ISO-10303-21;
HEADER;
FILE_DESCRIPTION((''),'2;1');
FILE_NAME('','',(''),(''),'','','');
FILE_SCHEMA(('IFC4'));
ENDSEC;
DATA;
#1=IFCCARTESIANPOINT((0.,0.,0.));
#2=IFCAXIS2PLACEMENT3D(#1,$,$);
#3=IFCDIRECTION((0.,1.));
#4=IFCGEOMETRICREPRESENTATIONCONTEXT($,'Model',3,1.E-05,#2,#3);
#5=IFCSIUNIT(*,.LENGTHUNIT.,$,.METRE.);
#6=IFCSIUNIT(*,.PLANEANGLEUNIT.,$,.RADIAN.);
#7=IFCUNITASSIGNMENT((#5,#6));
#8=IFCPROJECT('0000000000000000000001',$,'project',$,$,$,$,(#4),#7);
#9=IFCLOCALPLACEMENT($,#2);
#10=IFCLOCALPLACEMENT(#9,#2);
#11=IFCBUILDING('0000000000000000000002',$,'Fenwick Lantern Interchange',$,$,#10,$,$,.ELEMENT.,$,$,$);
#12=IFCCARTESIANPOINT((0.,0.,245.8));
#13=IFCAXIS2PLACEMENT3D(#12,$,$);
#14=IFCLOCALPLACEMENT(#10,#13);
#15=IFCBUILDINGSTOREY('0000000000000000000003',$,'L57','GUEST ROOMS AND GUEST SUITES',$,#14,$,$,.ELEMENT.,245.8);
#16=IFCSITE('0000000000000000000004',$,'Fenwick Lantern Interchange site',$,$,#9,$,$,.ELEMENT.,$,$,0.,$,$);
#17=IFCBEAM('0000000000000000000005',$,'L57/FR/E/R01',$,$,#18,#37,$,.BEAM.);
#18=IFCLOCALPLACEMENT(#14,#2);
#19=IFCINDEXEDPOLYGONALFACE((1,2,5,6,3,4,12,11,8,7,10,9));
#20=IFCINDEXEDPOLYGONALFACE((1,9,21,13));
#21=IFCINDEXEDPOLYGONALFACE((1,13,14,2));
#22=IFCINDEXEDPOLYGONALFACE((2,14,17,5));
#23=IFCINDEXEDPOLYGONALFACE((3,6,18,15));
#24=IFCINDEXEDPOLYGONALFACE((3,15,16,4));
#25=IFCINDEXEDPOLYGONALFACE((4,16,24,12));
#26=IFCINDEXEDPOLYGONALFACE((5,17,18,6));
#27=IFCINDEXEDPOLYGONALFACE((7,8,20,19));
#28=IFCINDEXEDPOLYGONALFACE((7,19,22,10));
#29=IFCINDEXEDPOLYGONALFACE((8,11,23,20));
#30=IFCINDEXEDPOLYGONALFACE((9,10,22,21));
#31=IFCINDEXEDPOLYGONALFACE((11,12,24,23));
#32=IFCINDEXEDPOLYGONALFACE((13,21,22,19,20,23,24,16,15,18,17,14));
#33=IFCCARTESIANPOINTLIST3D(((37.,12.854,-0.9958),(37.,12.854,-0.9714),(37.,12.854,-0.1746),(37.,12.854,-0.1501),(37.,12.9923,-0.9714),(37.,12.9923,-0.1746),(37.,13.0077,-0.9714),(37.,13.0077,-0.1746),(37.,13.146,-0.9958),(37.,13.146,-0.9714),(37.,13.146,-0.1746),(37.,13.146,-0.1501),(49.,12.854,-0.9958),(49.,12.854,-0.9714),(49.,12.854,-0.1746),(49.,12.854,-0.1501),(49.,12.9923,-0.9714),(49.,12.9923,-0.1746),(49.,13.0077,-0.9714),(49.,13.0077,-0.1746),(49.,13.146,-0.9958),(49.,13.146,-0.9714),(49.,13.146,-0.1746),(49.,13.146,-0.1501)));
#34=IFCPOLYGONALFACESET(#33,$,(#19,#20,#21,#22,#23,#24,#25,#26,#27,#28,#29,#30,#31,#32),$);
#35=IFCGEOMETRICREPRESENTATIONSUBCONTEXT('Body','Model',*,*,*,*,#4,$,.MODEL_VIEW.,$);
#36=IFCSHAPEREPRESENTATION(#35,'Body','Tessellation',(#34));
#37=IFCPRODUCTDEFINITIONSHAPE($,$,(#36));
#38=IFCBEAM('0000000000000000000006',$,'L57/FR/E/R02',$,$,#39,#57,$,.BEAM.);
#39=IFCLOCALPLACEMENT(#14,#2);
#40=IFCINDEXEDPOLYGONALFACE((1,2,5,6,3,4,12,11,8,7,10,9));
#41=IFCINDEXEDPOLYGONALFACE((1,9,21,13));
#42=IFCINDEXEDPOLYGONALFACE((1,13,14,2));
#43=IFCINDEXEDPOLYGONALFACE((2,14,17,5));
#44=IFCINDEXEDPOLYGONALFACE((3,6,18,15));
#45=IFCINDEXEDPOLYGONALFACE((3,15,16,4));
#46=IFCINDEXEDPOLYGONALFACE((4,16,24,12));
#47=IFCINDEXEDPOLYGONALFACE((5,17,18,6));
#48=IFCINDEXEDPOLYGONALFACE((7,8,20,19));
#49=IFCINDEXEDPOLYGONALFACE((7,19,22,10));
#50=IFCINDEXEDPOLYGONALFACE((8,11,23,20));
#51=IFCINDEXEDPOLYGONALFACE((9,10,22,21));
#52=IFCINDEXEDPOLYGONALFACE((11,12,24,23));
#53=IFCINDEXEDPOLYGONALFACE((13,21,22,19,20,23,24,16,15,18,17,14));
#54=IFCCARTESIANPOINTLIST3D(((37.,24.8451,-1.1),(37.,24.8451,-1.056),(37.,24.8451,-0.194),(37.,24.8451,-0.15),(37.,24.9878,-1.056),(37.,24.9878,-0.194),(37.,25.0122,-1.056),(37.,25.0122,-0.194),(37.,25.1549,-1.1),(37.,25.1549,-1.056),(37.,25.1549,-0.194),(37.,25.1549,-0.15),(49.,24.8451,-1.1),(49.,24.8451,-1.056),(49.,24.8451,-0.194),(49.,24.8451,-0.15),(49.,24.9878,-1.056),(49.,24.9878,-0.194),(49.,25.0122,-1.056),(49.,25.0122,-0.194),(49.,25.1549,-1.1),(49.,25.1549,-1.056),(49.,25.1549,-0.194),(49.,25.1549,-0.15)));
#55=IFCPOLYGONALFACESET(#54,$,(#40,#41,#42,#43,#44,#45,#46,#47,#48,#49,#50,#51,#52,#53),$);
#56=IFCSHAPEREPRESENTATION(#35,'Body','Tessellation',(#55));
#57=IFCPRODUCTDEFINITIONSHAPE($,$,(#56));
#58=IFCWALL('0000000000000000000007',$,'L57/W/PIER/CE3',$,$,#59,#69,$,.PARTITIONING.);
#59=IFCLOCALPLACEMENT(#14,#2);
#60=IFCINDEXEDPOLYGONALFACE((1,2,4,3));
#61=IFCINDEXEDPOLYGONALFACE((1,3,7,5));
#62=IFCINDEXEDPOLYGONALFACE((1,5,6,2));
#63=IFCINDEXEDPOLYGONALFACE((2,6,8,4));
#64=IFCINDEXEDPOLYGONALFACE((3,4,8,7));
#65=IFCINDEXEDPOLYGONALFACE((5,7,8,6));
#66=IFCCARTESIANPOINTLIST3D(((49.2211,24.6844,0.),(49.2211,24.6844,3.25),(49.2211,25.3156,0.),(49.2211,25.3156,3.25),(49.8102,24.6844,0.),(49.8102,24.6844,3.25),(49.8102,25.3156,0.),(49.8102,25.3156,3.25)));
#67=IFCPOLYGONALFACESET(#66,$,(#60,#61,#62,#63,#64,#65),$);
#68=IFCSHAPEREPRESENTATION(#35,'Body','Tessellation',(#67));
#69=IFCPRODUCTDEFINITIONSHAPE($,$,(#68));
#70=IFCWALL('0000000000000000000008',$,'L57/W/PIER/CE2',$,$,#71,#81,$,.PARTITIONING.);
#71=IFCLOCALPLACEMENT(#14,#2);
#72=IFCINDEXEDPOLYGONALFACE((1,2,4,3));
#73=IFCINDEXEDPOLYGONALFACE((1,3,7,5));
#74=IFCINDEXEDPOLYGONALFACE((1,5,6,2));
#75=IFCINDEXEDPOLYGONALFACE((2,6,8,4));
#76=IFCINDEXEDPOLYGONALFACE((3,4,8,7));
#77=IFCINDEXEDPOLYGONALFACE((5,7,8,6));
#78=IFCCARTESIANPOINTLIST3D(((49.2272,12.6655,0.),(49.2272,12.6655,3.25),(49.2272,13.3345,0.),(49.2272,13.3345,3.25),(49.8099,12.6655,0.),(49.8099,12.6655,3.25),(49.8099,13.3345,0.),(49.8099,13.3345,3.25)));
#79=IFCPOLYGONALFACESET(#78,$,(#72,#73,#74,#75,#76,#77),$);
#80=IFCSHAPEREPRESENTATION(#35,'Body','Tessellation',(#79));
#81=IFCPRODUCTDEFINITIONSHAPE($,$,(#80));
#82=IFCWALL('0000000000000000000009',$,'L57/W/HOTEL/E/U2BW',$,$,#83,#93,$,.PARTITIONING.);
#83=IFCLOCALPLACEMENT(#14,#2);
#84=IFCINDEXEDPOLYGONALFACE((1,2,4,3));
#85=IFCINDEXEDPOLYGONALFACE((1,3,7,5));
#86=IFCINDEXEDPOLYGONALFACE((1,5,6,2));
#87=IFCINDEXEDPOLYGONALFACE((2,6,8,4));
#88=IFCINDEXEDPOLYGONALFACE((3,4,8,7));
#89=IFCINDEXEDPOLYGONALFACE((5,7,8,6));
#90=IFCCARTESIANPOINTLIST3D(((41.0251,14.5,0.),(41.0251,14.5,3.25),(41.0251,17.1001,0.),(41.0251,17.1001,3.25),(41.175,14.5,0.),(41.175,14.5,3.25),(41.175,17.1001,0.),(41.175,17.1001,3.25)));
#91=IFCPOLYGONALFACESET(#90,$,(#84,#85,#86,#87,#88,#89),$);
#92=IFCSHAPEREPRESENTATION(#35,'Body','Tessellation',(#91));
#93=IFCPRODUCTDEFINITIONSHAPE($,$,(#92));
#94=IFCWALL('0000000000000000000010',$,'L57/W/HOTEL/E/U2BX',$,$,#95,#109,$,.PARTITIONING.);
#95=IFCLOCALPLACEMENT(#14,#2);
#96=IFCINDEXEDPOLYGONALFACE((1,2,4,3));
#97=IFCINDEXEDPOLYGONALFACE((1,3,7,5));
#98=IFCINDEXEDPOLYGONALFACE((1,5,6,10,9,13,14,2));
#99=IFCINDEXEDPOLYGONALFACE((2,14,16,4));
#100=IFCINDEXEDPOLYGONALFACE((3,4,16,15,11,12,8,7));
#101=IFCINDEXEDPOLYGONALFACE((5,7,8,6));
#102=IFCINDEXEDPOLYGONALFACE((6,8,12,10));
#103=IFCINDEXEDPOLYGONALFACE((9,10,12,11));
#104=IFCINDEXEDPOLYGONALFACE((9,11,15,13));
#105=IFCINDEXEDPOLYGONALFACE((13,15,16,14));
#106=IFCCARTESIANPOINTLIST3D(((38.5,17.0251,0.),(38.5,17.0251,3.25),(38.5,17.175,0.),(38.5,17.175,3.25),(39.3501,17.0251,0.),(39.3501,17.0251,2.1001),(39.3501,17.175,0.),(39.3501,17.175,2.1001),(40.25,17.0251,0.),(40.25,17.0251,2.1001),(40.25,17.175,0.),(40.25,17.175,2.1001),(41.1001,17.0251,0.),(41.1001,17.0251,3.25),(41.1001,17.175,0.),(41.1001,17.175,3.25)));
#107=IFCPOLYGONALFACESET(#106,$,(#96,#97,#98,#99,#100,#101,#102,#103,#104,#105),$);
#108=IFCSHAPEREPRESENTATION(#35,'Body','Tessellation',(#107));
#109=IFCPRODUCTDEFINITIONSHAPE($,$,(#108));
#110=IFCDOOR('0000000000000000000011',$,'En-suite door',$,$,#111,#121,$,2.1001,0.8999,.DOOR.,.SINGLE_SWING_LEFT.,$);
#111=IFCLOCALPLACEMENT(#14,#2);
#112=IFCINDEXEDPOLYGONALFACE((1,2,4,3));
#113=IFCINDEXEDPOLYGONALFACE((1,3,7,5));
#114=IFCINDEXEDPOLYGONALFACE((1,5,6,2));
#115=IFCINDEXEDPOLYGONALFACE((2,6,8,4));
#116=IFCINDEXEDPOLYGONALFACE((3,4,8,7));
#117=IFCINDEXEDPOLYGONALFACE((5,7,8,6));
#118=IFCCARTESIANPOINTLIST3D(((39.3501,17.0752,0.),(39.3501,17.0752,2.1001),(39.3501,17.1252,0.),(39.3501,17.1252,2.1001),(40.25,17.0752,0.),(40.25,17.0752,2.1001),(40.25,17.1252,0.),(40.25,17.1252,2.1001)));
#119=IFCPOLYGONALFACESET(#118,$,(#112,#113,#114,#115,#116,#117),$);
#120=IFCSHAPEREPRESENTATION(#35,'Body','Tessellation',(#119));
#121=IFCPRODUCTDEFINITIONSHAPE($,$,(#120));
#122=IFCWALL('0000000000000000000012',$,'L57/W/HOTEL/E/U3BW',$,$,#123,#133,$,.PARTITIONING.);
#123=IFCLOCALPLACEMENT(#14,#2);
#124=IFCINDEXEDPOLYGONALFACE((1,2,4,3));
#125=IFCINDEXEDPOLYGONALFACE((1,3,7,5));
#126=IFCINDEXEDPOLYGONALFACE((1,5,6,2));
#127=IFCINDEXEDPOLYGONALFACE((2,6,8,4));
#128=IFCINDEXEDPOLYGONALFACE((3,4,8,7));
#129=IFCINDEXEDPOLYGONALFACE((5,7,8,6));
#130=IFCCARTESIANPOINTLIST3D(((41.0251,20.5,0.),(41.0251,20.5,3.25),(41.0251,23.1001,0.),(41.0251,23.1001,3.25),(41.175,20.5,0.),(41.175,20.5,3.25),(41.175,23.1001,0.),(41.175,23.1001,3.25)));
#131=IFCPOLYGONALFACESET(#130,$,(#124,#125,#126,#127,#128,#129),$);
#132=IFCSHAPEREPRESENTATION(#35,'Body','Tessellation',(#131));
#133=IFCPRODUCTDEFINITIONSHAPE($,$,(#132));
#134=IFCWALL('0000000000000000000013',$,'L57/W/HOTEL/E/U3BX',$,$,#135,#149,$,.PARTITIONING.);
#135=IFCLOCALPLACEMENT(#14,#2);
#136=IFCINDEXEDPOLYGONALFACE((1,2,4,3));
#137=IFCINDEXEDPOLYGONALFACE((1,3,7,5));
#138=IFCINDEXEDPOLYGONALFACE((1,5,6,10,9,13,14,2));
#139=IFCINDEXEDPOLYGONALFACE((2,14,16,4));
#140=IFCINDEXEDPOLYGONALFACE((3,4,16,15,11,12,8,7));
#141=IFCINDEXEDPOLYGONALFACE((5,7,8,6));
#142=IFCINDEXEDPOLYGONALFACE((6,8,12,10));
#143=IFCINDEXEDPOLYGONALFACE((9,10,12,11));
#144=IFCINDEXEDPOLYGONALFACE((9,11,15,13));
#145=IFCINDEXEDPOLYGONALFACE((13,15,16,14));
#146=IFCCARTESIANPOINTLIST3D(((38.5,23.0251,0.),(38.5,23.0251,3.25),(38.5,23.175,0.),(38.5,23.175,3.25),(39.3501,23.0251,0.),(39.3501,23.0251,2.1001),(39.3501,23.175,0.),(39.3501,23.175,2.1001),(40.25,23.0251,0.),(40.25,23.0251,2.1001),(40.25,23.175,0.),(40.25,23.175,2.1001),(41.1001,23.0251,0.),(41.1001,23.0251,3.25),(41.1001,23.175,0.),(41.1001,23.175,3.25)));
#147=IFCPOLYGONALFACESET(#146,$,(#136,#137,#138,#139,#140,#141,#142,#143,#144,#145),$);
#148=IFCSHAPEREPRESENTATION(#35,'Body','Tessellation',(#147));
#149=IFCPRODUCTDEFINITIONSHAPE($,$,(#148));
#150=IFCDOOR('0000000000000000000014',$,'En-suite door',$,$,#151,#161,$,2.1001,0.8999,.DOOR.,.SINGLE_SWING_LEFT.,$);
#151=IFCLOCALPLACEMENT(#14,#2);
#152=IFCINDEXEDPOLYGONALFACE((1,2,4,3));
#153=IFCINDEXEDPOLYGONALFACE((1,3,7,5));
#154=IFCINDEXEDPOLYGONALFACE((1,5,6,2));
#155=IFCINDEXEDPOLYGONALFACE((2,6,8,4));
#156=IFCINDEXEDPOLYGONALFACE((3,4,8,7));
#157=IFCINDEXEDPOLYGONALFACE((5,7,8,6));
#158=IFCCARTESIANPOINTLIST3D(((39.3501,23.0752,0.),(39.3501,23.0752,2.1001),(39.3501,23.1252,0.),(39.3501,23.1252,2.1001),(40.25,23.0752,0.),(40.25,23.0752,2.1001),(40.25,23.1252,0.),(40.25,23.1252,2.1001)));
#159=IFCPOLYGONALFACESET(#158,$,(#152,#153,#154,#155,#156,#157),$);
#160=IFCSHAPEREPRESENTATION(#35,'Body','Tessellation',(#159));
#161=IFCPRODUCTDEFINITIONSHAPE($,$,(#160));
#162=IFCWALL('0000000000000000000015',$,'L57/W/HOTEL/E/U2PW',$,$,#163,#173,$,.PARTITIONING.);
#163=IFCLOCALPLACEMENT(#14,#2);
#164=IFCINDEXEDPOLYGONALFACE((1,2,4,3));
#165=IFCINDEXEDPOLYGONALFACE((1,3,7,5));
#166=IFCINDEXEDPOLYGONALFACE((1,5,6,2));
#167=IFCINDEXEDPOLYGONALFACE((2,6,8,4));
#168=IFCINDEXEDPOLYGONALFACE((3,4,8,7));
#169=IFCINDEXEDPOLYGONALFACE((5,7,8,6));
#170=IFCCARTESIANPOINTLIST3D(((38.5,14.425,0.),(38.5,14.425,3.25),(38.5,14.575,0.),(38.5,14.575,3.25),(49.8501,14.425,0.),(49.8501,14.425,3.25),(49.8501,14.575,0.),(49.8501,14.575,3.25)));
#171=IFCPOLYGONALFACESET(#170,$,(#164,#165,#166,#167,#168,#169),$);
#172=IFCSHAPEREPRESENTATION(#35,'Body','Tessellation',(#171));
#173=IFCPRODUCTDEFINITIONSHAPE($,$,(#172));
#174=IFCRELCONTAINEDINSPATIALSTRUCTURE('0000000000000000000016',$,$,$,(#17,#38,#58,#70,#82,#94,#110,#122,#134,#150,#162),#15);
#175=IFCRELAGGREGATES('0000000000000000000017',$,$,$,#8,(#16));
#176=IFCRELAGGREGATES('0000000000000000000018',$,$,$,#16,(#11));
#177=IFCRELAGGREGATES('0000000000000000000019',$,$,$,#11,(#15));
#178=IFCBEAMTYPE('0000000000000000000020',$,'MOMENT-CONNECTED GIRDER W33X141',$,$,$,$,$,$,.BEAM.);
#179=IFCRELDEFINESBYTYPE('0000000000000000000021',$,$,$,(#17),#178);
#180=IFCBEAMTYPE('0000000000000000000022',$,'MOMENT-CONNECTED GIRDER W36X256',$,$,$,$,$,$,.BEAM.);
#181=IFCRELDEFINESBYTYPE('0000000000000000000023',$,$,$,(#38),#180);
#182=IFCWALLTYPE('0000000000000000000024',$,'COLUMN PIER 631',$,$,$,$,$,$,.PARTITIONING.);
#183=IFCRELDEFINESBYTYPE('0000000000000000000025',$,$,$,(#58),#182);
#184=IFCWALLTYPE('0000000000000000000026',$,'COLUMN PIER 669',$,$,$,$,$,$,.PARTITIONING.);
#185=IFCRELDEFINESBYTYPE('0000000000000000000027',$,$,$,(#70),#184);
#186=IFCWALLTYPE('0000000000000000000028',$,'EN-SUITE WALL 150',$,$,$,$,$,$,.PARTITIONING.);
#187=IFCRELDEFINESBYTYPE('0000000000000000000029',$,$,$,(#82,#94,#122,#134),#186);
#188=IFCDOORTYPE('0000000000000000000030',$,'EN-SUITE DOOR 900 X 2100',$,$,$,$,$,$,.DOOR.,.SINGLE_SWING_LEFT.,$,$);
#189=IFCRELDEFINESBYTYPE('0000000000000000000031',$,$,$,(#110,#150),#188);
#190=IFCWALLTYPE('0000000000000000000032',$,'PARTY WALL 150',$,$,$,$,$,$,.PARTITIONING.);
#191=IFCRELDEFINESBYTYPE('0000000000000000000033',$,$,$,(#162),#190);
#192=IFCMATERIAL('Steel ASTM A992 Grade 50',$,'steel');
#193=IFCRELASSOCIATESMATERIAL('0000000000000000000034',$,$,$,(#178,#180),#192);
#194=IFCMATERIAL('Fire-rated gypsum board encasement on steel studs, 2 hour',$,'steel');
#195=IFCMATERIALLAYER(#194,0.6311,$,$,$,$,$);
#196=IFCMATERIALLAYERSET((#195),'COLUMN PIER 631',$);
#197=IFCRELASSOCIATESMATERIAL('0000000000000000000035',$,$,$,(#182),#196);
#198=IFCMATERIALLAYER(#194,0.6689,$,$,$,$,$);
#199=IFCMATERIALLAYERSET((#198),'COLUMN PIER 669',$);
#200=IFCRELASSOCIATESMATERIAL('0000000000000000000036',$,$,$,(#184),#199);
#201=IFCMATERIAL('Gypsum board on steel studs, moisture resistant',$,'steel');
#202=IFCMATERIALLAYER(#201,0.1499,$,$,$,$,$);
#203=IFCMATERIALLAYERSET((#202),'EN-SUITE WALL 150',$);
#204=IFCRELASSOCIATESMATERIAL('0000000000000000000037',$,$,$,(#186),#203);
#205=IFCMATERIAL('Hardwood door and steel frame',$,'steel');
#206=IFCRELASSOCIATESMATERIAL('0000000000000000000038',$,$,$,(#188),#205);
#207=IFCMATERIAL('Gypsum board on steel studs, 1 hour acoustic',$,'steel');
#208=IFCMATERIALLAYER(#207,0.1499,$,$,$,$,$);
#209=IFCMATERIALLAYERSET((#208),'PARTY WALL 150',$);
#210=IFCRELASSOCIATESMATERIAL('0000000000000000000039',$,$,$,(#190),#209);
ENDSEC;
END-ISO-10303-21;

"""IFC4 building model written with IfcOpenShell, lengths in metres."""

from ifc_helpers import new_model, si_unit, direction, frame, frame_2d, origin, origin_2d, place, context, subcontext, project, spatial, rectangle, i_section, extrude, material, layer, layer_set, material_profile, profile_set, type_object, element, fill, save


model = new_model("IFC4")

# Units and contexts
model_context = context("Model", 3, precision=1e-05, world=origin(), true_north=direction((0.0, 1.0)))
body_context = subcontext(model_context, "Body", "Model", "MODEL_VIEW")
ifc_project = project(units=[si_unit("LENGTHUNIT", "METRE"), si_unit("PLANEANGLEUNIT", "RADIAN")], contexts=[model_context])

# Site, building, storey
site_placement = place(None, origin())
site = spatial("IfcSite", under=ifc_project, at=site_placement, Name="Fenwick Lantern Interchange site", CompositionType="ELEMENT", RefElevation=0.0)
building_placement = place(site_placement, origin())
building = spatial("IfcBuilding", under=site, at=building_placement, Name="Fenwick Lantern Interchange", CompositionType="ELEMENT")
storey_placement = place(building_placement, frame((0.0, 0.0, 245.8)))
storey = spatial("IfcBuildingStorey", under=building, at=storey_placement, Name="L57", Description="GUEST ROOMS AND GUEST SUITES", CompositionType="ELEMENT", Elevation=245.8)

# Shared definitions
ifc_material_1 = material(Name="Steel ASTM A992 Grade 50", Category="steel")

# Beams
ifc_material_profile_1 = material_profile(ifc_material_1, i_section(OverallWidth=0.292, OverallDepth=0.8457, WebThickness=0.0154, FlangeThickness=0.0244, at=origin_2d()), Name="W33X141")
ifc_profile_set_1 = profile_set([ifc_material_profile_1], Name="Steel ASTM A992 Grade 50")
beam_type_1 = type_object("IfcBeamType", Name="MOMENT-CONNECTED GIRDER W33X141", PredefinedType="BEAM", material=ifc_profile_set_1)
beam_1_placement = place(storey_placement, frame((49.0, 13.0, -0.573), z_axis=(-1.0, 0.0, 0.0), x_axis=(0.0, -1.0, 0.0)))
element("IfcBeam", 1, at=beam_1_placement, inside=storey, type_object=beam_type_1, Name="L57/FR/E/R01", PredefinedType="BEAM", context=body_context, shape_type="SweptSolid", body=[
    extrude(i_section(OverallWidth=0.292, OverallDepth=0.8457, WebThickness=0.0154, FlangeThickness=0.0244, at=origin_2d()), origin(), (0.0, 0.0, 1.0), 12.0),
])
ifc_material_profile_2 = material_profile(ifc_material_1, i_section(OverallWidth=0.3098, OverallDepth=0.95, WebThickness=0.0244, FlangeThickness=0.0439, at=origin_2d()), Name="W36X256")
ifc_profile_set_2 = profile_set([ifc_material_profile_2], Name="Steel ASTM A992 Grade 50")
beam_type_2 = type_object("IfcBeamType", Name="MOMENT-CONNECTED GIRDER W36X256", PredefinedType="BEAM", material=ifc_profile_set_2)
beam_2_placement = place(storey_placement, frame((49.0, 25.0, -0.625), z_axis=(-1.0, 0.0, 0.0), x_axis=(0.0, -1.0, 0.0)))
element("IfcBeam", 2, at=beam_2_placement, inside=storey, type_object=beam_type_2, Name="L57/FR/E/R02", PredefinedType="BEAM", context=body_context, shape_type="SweptSolid", body=[
    extrude(i_section(OverallWidth=0.3098, OverallDepth=0.95, WebThickness=0.0244, FlangeThickness=0.0439, at=origin_2d()), origin(), (0.0, 0.0, 1.0), 12.0),
])

# Walls
ifc_material_2 = material(Name="Fire-rated gypsum board encasement on steel studs, 2 hour", Category="steel")
ifc_layer_1 = layer(ifc_material_2, 0.6311)
ifc_layer_set_1 = layer_set([ifc_layer_1], Name="COLUMN PIER 631")
wall_type_1 = type_object("IfcWallType", Name="COLUMN PIER 631", PredefinedType="PARTITIONING", material=ifc_layer_set_1)
wall_1_placement = place(storey_placement, frame((49.8101, 25.0, 0.0), z_axis=(0.0, 0.0, 1.0), x_axis=(-1.0, 0.0, 0.0)))
element("IfcWall", 3, at=wall_1_placement, inside=storey, type_object=wall_type_1, Name="L57/W/PIER/CE3", PredefinedType="PARTITIONING", context=body_context, shape_type="SweptSolid", body=[
    extrude(rectangle(XDim=0.5891, YDim=0.6311, at=frame_2d((0.2944, 0.0))), origin(), (0.0, 0.0, 1.0), 3.25),
])
ifc_layer_2 = layer(ifc_material_2, 0.6689)
ifc_layer_set_2 = layer_set([ifc_layer_2], Name="COLUMN PIER 669")
wall_type_2 = type_object("IfcWallType", Name="COLUMN PIER 669", PredefinedType="PARTITIONING", material=ifc_layer_set_2)
wall_2_placement = place(storey_placement, frame((49.8101, 13.0, 0.0), z_axis=(0.0, 0.0, 1.0), x_axis=(-1.0, 0.0, 0.0)))
element("IfcWall", 4, at=wall_2_placement, inside=storey, type_object=wall_type_2, Name="L57/W/PIER/CE2", PredefinedType="PARTITIONING", context=body_context, shape_type="SweptSolid", body=[
    extrude(rectangle(XDim=0.5828, YDim=0.6689, at=frame_2d((0.2915, 0.0))), origin(), (0.0, 0.0, 1.0), 3.25),
])
ifc_material_3 = material(Name="Gypsum board on steel studs, moisture resistant", Category="steel")
ifc_layer_3 = layer(ifc_material_3, 0.1499)
ifc_layer_set_3 = layer_set([ifc_layer_3], Name="EN-SUITE WALL 150")
wall_type_3 = type_object("IfcWallType", Name="EN-SUITE WALL 150", PredefinedType="PARTITIONING", material=ifc_layer_set_3)
wall_3_placement = place(storey_placement, frame((41.1001, 14.5, 0.0), z_axis=(0.0, 0.0, 1.0), x_axis=(0.0, 1.0, 0.0)))
element("IfcWall", 5, at=wall_3_placement, inside=storey, type_object=wall_type_3, Name="L57/W/HOTEL/E/U2BW", PredefinedType="PARTITIONING", context=body_context, shape_type="SweptSolid", body=[
    extrude(rectangle(XDim=2.6001, YDim=0.1499, at=frame_2d((1.3, 0.0))), origin(), (0.0, 0.0, 1.0), 3.25),
])

# Wall, opening, door
wall_4_placement = place(storey_placement, frame((41.1001, 17.1001, 0.0), z_axis=(0.0, 0.0, 1.0), x_axis=(-1.0, 0.0, 0.0)))
wall_4 = element("IfcWall", 6, at=wall_4_placement, inside=storey, type_object=wall_type_3, Name="L57/W/HOTEL/E/U2BX", PredefinedType="PARTITIONING", context=body_context, shape_type="SweptSolid", body=[
    extrude(rectangle(XDim=2.6001, YDim=0.1499, at=frame_2d((1.3, 0.0))), origin(), (0.0, 0.0, 1.0), 3.25),
])
opening_1_placement = place(wall_4_placement, frame((0.8501, 0.0, 0.0)))
opening_1 = element("IfcOpeningElement", 7, at=opening_1_placement, cuts=wall_4, PredefinedType="OPENING", context=body_context, shape_type="SweptSolid", body=[
    extrude(rectangle(XDim=0.8999, YDim=2.1001, at=frame_2d((0.45, 1.05))), frame((0.0, 0.085, 0.0), z_axis=(0.0, -1.0, 0.0), x_axis=(1.0, 0.0, 0.0)), (0.0, 0.0, 1.0), 0.1699),
])
ifc_material_4 = material(Name="Hardwood door and steel frame", Category="steel")
door_type = type_object("IfcDoorType", Name="EN-SUITE DOOR 900 X 2100", OperationType="SINGLE_SWING_LEFT", PredefinedType="DOOR", material=ifc_material_4)
door_1_placement = place(opening_1_placement, origin())
door_1 = element("IfcDoor", 8, at=door_1_placement, inside=storey, type_object=door_type, Name="En-suite door", OperationType="SINGLE_SWING_LEFT", OverallHeight=2.1001, OverallWidth=0.8999, PredefinedType="DOOR", context=body_context, shape_type="SweptSolid", body=[
    extrude(rectangle(XDim=0.8999, YDim=2.1001, at=frame_2d((0.45, 1.05))), frame((0.0, 0.0249, 0.0), z_axis=(0.0, -1.0, 0.0), x_axis=(1.0, 0.0, 0.0)), (0.0, 0.0, 1.0), 0.05),
])
fill(opening_1, door_1)

# Wall
wall_5_placement = place(storey_placement, frame((41.1001, 20.5, 0.0), z_axis=(0.0, 0.0, 1.0), x_axis=(0.0, 1.0, 0.0)))
element("IfcWall", 9, at=wall_5_placement, inside=storey, type_object=wall_type_3, Name="L57/W/HOTEL/E/U3BW", PredefinedType="PARTITIONING", context=body_context, shape_type="SweptSolid", body=[
    extrude(rectangle(XDim=2.6001, YDim=0.1499, at=frame_2d((1.3, 0.0))), origin(), (0.0, 0.0, 1.0), 3.25),
])

# Wall, opening, door
wall_6_placement = place(storey_placement, frame((41.1001, 23.1001, 0.0), z_axis=(0.0, 0.0, 1.0), x_axis=(-1.0, 0.0, 0.0)))
wall_6 = element("IfcWall", 10, at=wall_6_placement, inside=storey, type_object=wall_type_3, Name="L57/W/HOTEL/E/U3BX", PredefinedType="PARTITIONING", context=body_context, shape_type="SweptSolid", body=[
    extrude(rectangle(XDim=2.6001, YDim=0.1499, at=frame_2d((1.3, 0.0))), origin(), (0.0, 0.0, 1.0), 3.25),
])
opening_2_placement = place(wall_6_placement, frame((0.8501, 0.0, 0.0)))
opening_2 = element("IfcOpeningElement", 11, at=opening_2_placement, cuts=wall_6, PredefinedType="OPENING", context=body_context, shape_type="SweptSolid", body=[
    extrude(rectangle(XDim=0.8999, YDim=2.1001, at=frame_2d((0.45, 1.05))), frame((0.0, 0.085, 0.0), z_axis=(0.0, -1.0, 0.0), x_axis=(1.0, 0.0, 0.0)), (0.0, 0.0, 1.0), 0.1699),
])
door_2_placement = place(opening_2_placement, origin())
door_2 = element("IfcDoor", 12, at=door_2_placement, inside=storey, type_object=door_type, Name="En-suite door", OperationType="SINGLE_SWING_LEFT", OverallHeight=2.1001, OverallWidth=0.8999, PredefinedType="DOOR", context=body_context, shape_type="SweptSolid", body=[
    extrude(rectangle(XDim=0.8999, YDim=2.1001, at=frame_2d((0.45, 1.05))), frame((0.0, 0.0249, 0.0), z_axis=(0.0, -1.0, 0.0), x_axis=(1.0, 0.0, 0.0)), (0.0, 0.0, 1.0), 0.05),
])
fill(opening_2, door_2)

# Wall
ifc_material_5 = material(Name="Gypsum board on steel studs, 1 hour acoustic", Category="steel")
ifc_layer_4 = layer(ifc_material_5, 0.1499)
ifc_layer_set_4 = layer_set([ifc_layer_4], Name="PARTY WALL 150")
wall_type_4 = type_object("IfcWallType", Name="PARTY WALL 150", PredefinedType="PARTITIONING", material=ifc_layer_set_4)
for number, where, z_axis, x_axis, name in (
    (13, (49.8501, 14.5, 0.0), (0.0, 0.0, 1.0), (-1.0, 0.0, 0.0), "L57/W/HOTEL/E/U2PW"),
):
    element("IfcWall", number, at=place(storey_placement, frame(where, z_axis=z_axis, x_axis=x_axis)), inside=storey, type_object=wall_type_4, Name=name, PredefinedType="PARTITIONING", context=body_context, shape_type="SweptSolid", body=[
        extrude(rectangle(XDim=11.3501, YDim=0.1499, at=frame_2d((5.675, 0.0))), origin(), (0.0, 0.0, 1.0), 3.25),
    ])

save(model, "model.ifc")
